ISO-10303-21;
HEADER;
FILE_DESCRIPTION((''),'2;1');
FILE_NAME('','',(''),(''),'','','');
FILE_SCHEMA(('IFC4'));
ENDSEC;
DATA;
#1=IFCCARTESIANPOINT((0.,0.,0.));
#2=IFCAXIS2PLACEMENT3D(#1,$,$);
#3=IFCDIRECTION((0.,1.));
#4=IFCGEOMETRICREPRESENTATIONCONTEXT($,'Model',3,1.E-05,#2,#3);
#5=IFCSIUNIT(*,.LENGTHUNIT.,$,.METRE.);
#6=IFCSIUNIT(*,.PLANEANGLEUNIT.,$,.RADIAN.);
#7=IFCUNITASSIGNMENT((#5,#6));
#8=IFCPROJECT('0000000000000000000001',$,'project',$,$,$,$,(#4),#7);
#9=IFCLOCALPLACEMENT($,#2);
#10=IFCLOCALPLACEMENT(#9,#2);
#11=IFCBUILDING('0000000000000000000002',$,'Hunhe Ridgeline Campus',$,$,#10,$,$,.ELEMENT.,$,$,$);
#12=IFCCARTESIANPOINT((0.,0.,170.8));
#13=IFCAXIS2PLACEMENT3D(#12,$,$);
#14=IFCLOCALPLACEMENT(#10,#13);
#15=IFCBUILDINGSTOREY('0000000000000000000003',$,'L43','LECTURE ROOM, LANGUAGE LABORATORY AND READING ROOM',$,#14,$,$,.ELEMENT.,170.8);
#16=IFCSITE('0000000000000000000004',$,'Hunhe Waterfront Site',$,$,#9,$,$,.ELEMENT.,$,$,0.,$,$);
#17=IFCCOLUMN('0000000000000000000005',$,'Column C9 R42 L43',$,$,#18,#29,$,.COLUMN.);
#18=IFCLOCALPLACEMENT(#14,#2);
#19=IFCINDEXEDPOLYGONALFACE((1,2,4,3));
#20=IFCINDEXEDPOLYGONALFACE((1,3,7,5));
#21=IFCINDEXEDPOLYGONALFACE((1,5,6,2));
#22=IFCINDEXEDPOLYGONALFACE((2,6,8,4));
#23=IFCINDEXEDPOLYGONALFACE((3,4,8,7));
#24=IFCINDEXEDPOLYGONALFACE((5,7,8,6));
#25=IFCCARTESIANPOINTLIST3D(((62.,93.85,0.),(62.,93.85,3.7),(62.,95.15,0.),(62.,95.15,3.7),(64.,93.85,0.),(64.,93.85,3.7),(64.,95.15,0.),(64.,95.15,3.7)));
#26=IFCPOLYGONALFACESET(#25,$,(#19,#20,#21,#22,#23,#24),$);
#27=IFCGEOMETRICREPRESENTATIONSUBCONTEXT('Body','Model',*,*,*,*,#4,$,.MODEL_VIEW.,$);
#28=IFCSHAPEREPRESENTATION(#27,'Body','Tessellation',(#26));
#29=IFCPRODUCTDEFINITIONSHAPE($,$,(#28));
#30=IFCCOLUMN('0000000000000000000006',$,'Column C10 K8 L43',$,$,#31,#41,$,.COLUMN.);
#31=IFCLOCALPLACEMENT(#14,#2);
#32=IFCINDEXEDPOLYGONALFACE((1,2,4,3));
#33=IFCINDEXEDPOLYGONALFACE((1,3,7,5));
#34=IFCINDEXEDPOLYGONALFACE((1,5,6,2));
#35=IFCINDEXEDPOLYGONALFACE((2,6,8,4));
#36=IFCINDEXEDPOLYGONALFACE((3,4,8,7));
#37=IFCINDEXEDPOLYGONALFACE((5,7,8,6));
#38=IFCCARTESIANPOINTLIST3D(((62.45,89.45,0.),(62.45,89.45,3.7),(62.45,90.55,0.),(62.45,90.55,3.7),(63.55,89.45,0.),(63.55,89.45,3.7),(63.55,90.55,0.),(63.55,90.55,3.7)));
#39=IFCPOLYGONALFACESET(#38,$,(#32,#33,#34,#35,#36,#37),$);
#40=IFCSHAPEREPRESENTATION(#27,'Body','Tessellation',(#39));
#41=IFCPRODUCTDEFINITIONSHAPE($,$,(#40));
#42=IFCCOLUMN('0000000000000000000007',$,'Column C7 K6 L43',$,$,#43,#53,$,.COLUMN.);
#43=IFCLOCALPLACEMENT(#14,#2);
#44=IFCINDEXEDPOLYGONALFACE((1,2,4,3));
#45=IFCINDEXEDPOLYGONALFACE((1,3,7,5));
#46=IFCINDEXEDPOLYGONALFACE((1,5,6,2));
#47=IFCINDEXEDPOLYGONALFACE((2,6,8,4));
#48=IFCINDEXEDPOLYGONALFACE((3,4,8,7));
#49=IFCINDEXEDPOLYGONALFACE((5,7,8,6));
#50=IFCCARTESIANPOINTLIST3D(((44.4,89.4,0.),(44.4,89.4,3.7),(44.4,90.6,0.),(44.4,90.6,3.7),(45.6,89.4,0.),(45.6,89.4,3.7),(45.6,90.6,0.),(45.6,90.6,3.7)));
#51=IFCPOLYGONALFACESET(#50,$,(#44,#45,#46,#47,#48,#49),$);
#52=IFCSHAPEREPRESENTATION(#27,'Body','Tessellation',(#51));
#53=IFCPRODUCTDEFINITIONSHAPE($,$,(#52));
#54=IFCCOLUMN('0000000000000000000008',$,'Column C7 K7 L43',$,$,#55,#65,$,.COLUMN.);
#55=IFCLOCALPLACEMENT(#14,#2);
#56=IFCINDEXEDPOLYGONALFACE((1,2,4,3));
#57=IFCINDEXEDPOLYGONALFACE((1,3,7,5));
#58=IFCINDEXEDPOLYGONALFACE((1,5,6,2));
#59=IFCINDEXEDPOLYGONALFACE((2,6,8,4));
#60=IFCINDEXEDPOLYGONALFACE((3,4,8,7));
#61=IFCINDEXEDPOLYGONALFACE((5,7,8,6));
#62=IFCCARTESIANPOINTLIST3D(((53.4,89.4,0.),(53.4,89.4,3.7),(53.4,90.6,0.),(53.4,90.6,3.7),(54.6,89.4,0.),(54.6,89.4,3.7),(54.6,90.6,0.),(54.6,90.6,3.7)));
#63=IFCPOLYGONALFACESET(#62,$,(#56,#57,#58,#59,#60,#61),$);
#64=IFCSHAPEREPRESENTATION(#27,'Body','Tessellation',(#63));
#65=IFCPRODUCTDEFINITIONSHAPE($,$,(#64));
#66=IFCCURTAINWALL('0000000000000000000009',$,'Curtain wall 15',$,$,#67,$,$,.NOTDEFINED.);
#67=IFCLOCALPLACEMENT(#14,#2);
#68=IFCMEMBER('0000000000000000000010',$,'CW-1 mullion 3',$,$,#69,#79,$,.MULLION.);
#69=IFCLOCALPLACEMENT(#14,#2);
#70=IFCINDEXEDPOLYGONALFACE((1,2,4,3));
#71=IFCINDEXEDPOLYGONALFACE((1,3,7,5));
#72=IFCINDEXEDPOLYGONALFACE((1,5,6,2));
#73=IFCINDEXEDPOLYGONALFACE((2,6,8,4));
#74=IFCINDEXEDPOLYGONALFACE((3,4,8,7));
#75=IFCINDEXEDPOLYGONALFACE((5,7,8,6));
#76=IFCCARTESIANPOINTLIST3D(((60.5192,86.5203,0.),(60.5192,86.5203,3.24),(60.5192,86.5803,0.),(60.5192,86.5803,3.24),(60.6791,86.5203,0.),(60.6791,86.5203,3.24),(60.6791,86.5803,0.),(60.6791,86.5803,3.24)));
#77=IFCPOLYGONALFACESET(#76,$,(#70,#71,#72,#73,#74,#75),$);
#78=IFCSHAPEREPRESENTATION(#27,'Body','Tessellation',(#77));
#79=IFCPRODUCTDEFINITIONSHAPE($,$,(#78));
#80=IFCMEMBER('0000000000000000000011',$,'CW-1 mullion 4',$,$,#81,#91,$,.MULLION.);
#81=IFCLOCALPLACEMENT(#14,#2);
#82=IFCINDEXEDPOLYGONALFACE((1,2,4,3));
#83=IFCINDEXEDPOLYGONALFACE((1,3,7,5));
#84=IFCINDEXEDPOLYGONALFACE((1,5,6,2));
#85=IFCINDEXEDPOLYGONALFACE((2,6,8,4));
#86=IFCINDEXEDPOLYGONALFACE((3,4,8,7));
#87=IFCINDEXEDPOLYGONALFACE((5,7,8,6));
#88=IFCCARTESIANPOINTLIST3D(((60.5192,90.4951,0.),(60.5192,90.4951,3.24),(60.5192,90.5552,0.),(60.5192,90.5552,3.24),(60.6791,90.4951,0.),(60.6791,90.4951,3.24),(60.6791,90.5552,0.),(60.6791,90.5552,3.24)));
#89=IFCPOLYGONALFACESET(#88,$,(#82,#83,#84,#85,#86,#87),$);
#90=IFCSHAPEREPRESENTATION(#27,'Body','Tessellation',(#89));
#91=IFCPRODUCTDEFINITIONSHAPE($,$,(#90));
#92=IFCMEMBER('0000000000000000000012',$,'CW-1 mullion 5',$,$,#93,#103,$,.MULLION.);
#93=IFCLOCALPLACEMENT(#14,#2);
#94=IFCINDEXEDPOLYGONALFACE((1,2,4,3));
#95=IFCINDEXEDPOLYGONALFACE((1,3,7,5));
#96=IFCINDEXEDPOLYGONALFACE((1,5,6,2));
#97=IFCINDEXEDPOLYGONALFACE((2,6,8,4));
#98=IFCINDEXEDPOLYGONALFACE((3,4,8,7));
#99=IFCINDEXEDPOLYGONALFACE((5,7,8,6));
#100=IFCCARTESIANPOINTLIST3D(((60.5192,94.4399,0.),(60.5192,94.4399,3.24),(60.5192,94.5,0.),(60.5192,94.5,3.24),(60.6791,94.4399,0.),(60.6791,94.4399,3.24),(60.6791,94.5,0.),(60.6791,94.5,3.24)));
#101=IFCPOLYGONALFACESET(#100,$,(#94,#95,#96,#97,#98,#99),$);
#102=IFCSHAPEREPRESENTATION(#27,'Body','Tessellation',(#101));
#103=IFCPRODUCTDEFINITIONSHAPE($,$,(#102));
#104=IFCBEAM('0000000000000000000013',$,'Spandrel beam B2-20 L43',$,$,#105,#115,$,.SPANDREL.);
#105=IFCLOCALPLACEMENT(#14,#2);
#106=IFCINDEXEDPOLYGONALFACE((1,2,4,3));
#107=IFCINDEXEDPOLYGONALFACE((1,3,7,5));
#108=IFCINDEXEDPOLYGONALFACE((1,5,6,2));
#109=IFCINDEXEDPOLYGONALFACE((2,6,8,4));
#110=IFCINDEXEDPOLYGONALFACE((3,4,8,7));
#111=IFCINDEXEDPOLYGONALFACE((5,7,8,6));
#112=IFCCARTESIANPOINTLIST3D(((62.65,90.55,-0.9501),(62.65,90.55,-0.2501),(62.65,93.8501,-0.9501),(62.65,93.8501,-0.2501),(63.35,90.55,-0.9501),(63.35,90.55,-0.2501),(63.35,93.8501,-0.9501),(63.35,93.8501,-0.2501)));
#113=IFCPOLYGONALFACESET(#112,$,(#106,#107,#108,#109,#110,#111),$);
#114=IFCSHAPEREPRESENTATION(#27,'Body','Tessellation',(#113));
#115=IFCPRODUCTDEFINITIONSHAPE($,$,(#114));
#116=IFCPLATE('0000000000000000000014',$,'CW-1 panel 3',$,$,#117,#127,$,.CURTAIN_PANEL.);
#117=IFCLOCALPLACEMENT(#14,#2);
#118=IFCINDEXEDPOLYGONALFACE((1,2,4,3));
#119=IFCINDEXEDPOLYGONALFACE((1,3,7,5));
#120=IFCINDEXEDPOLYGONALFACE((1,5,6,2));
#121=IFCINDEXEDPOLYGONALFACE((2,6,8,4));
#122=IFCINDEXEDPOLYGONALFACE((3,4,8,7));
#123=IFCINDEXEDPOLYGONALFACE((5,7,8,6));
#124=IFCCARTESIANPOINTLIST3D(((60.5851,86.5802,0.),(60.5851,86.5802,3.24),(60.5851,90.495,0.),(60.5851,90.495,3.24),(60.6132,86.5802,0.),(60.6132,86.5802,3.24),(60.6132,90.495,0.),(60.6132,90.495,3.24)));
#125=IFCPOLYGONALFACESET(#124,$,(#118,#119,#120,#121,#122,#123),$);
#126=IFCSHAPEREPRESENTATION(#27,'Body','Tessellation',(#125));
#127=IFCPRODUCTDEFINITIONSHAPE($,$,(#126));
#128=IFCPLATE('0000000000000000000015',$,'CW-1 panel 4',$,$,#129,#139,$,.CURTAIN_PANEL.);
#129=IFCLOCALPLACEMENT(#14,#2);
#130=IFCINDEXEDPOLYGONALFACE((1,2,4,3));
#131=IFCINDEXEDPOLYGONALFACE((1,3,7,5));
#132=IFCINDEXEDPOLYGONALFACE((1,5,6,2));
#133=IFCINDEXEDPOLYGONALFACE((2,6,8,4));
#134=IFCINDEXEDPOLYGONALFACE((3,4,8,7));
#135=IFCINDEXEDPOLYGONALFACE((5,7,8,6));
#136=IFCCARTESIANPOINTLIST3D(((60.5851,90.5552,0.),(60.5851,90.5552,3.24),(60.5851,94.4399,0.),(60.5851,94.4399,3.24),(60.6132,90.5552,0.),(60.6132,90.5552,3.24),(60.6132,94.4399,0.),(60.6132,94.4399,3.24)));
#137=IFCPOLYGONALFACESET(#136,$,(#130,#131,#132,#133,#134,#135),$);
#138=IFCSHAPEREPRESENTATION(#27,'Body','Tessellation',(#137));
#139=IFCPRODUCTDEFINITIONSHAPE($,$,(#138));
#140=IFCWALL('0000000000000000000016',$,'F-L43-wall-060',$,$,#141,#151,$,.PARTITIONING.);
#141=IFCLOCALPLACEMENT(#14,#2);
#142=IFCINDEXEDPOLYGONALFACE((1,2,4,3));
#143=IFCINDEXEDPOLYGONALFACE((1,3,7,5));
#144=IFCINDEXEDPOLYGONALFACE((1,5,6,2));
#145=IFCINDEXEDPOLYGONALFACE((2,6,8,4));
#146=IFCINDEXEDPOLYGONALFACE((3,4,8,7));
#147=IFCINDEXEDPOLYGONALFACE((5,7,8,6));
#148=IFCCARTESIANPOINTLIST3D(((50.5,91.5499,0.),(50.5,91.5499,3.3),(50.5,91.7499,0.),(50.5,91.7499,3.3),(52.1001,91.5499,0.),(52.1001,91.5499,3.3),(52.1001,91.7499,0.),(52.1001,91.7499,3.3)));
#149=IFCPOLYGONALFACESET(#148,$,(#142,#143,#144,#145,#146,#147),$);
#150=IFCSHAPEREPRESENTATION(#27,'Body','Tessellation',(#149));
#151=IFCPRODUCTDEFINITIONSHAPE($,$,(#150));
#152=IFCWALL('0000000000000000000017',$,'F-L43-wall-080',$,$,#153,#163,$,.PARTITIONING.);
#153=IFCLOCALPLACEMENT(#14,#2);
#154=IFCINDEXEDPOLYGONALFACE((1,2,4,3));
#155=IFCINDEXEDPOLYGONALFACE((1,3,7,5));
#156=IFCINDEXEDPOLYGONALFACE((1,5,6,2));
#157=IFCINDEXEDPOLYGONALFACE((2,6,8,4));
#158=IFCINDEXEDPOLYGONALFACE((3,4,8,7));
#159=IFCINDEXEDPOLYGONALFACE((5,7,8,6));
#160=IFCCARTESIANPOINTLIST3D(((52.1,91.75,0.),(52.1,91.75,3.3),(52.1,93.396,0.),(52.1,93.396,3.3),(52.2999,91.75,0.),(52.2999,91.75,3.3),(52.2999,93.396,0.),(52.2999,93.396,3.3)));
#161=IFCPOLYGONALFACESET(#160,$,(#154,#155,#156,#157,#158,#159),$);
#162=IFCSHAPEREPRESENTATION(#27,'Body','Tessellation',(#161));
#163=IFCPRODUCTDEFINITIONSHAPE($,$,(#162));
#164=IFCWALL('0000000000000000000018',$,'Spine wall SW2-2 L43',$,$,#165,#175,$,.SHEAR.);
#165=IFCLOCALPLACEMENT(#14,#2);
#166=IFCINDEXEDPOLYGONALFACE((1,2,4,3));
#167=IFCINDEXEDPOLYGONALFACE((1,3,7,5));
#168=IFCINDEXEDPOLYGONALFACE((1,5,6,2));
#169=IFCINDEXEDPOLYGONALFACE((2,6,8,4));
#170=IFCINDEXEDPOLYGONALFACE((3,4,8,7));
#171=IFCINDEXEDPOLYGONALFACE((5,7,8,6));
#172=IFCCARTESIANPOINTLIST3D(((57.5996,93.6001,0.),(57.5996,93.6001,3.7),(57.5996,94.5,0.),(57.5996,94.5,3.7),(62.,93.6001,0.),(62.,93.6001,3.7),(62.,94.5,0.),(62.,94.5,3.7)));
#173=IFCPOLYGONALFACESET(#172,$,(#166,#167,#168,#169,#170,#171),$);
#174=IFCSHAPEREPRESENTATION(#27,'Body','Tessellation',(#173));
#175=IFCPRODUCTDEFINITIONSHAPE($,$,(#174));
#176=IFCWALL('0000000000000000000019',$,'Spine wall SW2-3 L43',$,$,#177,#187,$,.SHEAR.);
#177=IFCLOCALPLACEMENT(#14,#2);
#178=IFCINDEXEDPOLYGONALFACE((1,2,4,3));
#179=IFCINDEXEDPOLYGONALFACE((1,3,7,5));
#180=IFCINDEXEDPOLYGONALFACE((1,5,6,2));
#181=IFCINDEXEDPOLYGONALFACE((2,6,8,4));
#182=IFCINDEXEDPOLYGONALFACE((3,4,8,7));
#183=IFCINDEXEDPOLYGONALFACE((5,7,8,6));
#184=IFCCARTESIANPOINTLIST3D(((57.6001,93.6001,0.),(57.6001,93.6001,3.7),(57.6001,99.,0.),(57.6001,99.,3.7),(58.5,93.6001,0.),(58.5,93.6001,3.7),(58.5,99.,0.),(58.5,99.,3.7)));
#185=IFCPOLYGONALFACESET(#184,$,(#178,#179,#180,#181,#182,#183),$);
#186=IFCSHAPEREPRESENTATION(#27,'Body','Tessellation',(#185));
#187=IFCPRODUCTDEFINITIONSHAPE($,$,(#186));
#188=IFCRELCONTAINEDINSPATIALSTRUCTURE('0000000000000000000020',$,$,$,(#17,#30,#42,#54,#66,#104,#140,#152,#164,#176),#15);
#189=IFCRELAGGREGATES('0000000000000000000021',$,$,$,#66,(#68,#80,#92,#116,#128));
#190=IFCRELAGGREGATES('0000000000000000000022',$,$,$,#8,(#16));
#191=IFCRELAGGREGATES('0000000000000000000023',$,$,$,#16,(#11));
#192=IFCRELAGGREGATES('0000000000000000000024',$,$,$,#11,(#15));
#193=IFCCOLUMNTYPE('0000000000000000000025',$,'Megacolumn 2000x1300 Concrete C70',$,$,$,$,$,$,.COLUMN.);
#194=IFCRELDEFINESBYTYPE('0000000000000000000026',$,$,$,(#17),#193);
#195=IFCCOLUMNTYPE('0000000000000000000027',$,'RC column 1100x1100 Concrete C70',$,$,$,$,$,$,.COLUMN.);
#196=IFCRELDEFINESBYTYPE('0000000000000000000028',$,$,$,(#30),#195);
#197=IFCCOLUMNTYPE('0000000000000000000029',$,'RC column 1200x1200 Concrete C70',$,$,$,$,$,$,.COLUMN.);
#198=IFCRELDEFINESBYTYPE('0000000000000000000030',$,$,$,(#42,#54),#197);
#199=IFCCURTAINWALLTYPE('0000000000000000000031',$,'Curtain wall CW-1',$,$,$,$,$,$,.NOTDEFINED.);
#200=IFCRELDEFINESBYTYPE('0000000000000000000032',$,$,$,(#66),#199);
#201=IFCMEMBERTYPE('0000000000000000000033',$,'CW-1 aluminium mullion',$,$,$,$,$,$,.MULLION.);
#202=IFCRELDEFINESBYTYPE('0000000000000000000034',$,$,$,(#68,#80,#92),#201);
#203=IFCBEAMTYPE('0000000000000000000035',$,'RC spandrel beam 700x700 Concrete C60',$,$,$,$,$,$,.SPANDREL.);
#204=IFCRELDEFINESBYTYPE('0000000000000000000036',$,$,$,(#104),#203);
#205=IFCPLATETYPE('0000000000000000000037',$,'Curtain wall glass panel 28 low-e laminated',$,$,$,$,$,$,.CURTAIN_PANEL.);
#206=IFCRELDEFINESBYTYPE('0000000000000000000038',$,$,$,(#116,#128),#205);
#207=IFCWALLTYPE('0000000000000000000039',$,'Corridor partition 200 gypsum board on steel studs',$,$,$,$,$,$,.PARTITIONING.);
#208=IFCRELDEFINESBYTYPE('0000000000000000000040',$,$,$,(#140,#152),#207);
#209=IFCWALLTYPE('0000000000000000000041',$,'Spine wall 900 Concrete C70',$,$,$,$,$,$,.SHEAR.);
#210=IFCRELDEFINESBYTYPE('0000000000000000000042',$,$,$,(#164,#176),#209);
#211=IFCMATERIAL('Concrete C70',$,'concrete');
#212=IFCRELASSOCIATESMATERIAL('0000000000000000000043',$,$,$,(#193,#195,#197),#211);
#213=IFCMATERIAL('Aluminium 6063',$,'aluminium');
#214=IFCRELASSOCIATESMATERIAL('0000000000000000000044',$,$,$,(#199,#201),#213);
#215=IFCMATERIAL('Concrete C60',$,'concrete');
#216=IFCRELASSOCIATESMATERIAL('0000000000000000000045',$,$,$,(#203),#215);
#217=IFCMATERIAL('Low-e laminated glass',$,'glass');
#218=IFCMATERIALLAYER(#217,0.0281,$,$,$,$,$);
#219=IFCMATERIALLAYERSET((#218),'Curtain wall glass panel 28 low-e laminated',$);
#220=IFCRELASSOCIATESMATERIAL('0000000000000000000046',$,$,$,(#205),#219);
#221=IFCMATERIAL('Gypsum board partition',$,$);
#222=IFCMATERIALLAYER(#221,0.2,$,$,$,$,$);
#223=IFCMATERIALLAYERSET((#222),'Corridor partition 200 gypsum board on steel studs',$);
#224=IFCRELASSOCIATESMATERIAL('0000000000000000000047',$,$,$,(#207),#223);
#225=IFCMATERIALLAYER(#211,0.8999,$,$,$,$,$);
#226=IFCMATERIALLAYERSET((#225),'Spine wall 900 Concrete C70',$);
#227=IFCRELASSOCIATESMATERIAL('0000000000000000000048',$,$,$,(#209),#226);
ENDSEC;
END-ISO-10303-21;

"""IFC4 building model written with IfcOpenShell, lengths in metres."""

from ifc_helpers import new_model, si_unit, direction, frame, frame_2d, origin, origin_2d, place, context, subcontext, project, spatial, rectangle, extrude, material, layer, layer_set, material_profile, profile_set, type_object, element, aggregate, save


model = new_model("IFC4")

# Units and contexts
model_context = context("Model", 3, precision=1e-05, world=origin(), true_north=direction((0.0, 1.0)))
body_context = subcontext(model_context, "Body", "Model", "MODEL_VIEW")
ifc_project = project(units=[si_unit("LENGTHUNIT", "METRE"), si_unit("PLANEANGLEUNIT", "RADIAN")], contexts=[model_context])

# Site, building, storey
site_placement = place(None, origin())
site = spatial("IfcSite", under=ifc_project, at=site_placement, Name="Hunhe Waterfront Site", CompositionType="ELEMENT", RefElevation=0.0)
building_placement = place(site_placement, origin())
building = spatial("IfcBuilding", under=site, at=building_placement, Name="Hunhe Ridgeline Campus", CompositionType="ELEMENT")
storey_placement = place(building_placement, frame((0.0, 0.0, 170.8)))
storey = spatial("IfcBuildingStorey", under=building, at=storey_placement, Name="L43", Description="LECTURE ROOM, LANGUAGE LABORATORY AND READING ROOM", CompositionType="ELEMENT", Elevation=170.8)

# Columns
ifc_material_1 = material(Name="Concrete C70", Category="concrete")
ifc_material_profile_1 = material_profile(ifc_material_1, rectangle(XDim=2.0, YDim=1.3, at=origin_2d()))
ifc_profile_set_1 = profile_set([ifc_material_profile_1], Name="Concrete C70")
column_type_1 = type_object("IfcColumnType", Name="Megacolumn 2000x1300 Concrete C70", PredefinedType="COLUMN", material=ifc_profile_set_1)
column_1_placement = place(storey_placement, frame((63.0, 94.5, 0.0), z_axis=(0.0, 0.0, 1.0), x_axis=(1.0, 0.0, 0.0)))
element("IfcColumn", 1, at=column_1_placement, inside=storey, type_object=column_type_1, Name="Column C9 R42 L43", PredefinedType="COLUMN", context=body_context, shape_type="SweptSolid", body=[
    extrude(rectangle(XDim=2.0, YDim=1.3, at=origin_2d()), origin(), (0.0, 0.0, 1.0), 3.7),
])
ifc_material_profile_2 = material_profile(ifc_material_1, rectangle(XDim=1.1001, YDim=1.1001, at=origin_2d()))
ifc_profile_set_2 = profile_set([ifc_material_profile_2], Name="Concrete C70")
column_type_2 = type_object("IfcColumnType", Name="RC column 1100x1100 Concrete C70", PredefinedType="COLUMN", material=ifc_profile_set_2)
column_2_placement = place(storey_placement, frame((63.0, 90.0, 0.0), z_axis=(0.0, 0.0, 1.0), x_axis=(1.0, 0.0, 0.0)))
element("IfcColumn", 2, at=column_2_placement, inside=storey, type_object=column_type_2, Name="Column C10 K8 L43", PredefinedType="COLUMN", context=body_context, shape_type="SweptSolid", body=[
    extrude(rectangle(XDim=1.1001, YDim=1.1001, at=origin_2d()), origin(), (0.0, 0.0, 1.0), 3.7),
])
ifc_material_profile_3 = material_profile(ifc_material_1, rectangle(XDim=1.2, YDim=1.2, at=origin_2d()))
ifc_profile_set_3 = profile_set([ifc_material_profile_3], Name="Concrete C70")
column_type_3 = type_object("IfcColumnType", Name="RC column 1200x1200 Concrete C70", PredefinedType="COLUMN", material=ifc_profile_set_3)
for number, where, z_axis, x_axis, name in (
    (3, (45.0, 90.0, 0.0), (0.0, 0.0, 1.0), (1.0, 0.0, 0.0), "Column C7 K6 L43"),
    (4, (54.0, 90.0, 0.0), (0.0, 0.0, 1.0), (1.0, 0.0, 0.0), "Column C7 K7 L43"),
):
    element("IfcColumn", number, at=place(storey_placement, frame(where, z_axis=z_axis, x_axis=x_axis)), inside=storey, type_object=column_type_3, Name=name, PredefinedType="COLUMN", context=body_context, shape_type="SweptSolid", body=[
        extrude(rectangle(XDim=1.2, YDim=1.2, at=origin_2d()), origin(), (0.0, 0.0, 1.0), 3.7),
    ])

# Curtain wall, members
ifc_material_2 = material(Name="Aluminium 6063", Category="aluminium")
curtain_wall_type = type_object("IfcCurtainWallType", Name="Curtain wall CW-1", PredefinedType="NOTDEFINED", material=ifc_material_2)
curtain_wall_placement = place(storey_placement, origin())
curtain_wall = element("IfcCurtainWall", 5, at=curtain_wall_placement, inside=storey, type_object=curtain_wall_type, Name="Curtain wall 15", PredefinedType="NOTDEFINED")
ifc_material_profile_4 = material_profile(ifc_material_2, rectangle(XDim=0.1599, YDim=0.0601, at=origin_2d()))
ifc_profile_set_4 = profile_set([ifc_material_profile_4], Name="Aluminium 6063")
member_type = type_object("IfcMemberType", Name="CW-1 aluminium mullion", PredefinedType="MULLION", material=ifc_profile_set_4)
member_1_placement = place(storey_placement, frame((60.5991, 86.5503, 0.0), z_axis=(0.0, 0.0, 1.0), x_axis=(-1.0, 0.0, 0.0)))
member_1 = element("IfcMember", 6, at=member_1_placement, type_object=member_type, Name="CW-1 mullion 3", PredefinedType="MULLION", context=body_context, shape_type="SweptSolid", body=[
    extrude(rectangle(XDim=0.1599, YDim=0.0601, at=origin_2d()), origin(), (0.0, 0.0, 1.0), 3.24),
])
member_2_placement = place(storey_placement, frame((60.5991, 90.5251, 0.0), z_axis=(0.0, 0.0, 1.0), x_axis=(-1.0, 0.0, 0.0)))
member_2 = element("IfcMember", 7, at=member_2_placement, type_object=member_type, Name="CW-1 mullion 4", PredefinedType="MULLION", context=body_context, shape_type="SweptSolid", body=[
    extrude(rectangle(XDim=0.1599, YDim=0.0601, at=origin_2d()), origin(), (0.0, 0.0, 1.0), 3.24),
])
member_3_placement = place(storey_placement, frame((60.5991, 94.47, 0.0), z_axis=(0.0, 0.0, 1.0), x_axis=(-1.0, 0.0, 0.0)))
member_3 = element("IfcMember", 8, at=member_3_placement, type_object=member_type, Name="CW-1 mullion 5", PredefinedType="MULLION", context=body_context, shape_type="SweptSolid", body=[
    extrude(rectangle(XDim=0.1599, YDim=0.0601, at=origin_2d()), origin(), (0.0, 0.0, 1.0), 3.24),
])

# Beam
ifc_material_3 = material(Name="Concrete C60", Category="concrete")
ifc_material_profile_5 = material_profile(ifc_material_3, rectangle(XDim=0.7, YDim=0.7, at=origin_2d()))
ifc_profile_set_5 = profile_set([ifc_material_profile_5], Name="Concrete C60")
beam_type = type_object("IfcBeamType", Name="RC spandrel beam 700x700 Concrete C60", PredefinedType="SPANDREL", material=ifc_profile_set_5)
beam_placement = place(storey_placement, frame((63.0, 90.55, -0.6001), z_axis=(0.0, 1.0, 0.0), x_axis=(-1.0, 0.0, 0.0)))
element("IfcBeam", 9, at=beam_placement, inside=storey, type_object=beam_type, Name="Spandrel beam B2-20 L43", PredefinedType="SPANDREL", context=body_context, shape_type="SweptSolid", body=[
    extrude(rectangle(XDim=0.7, YDim=0.7, at=origin_2d()), origin(), (0.0, 0.0, 1.0), 3.3),
])

# Plates
ifc_material_4 = material(Name="Low-e laminated glass", Category="glass")
ifc_layer_1 = layer(ifc_material_4, 0.0281)
ifc_layer_set_1 = layer_set([ifc_layer_1], Name="Curtain wall glass panel 28 low-e laminated")
plate_type = type_object("IfcPlateType", Name="Curtain wall glass panel 28 low-e laminated", PredefinedType="CURTAIN_PANEL", material=ifc_layer_set_1)
plate_1_placement = place(storey_placement, frame((60.5991, 88.5376, 0.0), z_axis=(0.0, 0.0, 1.0), x_axis=(0.0, 1.0, 0.0)))
plate_1 = element("IfcPlate", 10, at=plate_1_placement, type_object=plate_type, Name="CW-1 panel 3", PredefinedType="CURTAIN_PANEL", context=body_context, shape_type="SweptSolid", body=[
    extrude(rectangle(XDim=3.9148, YDim=0.0281, at=origin_2d()), origin(), (0.0, 0.0, 1.0), 3.24),
])
plate_2_placement = place(storey_placement, frame((60.5991, 92.4976, 0.0), z_axis=(0.0, 0.0, 1.0), x_axis=(0.0, 1.0, 0.0)))
plate_2 = element("IfcPlate", 11, at=plate_2_placement, type_object=plate_type, Name="CW-1 panel 4", PredefinedType="CURTAIN_PANEL", context=body_context, shape_type="SweptSolid", body=[
    extrude(rectangle(XDim=3.8848, YDim=0.0281, at=origin_2d()), origin(), (0.0, 0.0, 1.0), 3.24),
])
aggregate(curtain_wall, [member_1, member_2, member_3, plate_1, plate_2])

# Wall
ifc_material_5 = material(Name="Gypsum board partition")
ifc_layer_2 = layer(ifc_material_5, 0.2)
ifc_layer_set_2 = layer_set([ifc_layer_2], Name="Corridor partition 200 gypsum board on steel studs")
wall_type_1 = type_object("IfcWallType", Name="Corridor partition 200 gypsum board on steel studs", PredefinedType="PARTITIONING", material=ifc_layer_set_2)
wall_1_placement = place(storey_placement, frame((52.1001, 91.6499, 0.0), z_axis=(0.0, 0.0, 1.0), x_axis=(-1.0, 0.0, 0.0)))
element("IfcWall", 12, at=wall_1_placement, inside=storey, type_object=wall_type_1, Name="F-L43-wall-060", PredefinedType="PARTITIONING", context=body_context, shape_type="SweptSolid", body=[
    extrude(rectangle(XDim=1.6001, YDim=0.2, at=frame_2d((0.8, 0.0))), origin(), (0.0, 0.0, 1.0), 3.3),
])

# Walls
wall_2_placement = place(storey_placement, frame((52.2, 93.396, 0.0), z_axis=(0.0, 0.0, 1.0), x_axis=(0.0, -1.0, 0.0)))
element("IfcWall", 13, at=wall_2_placement, inside=storey, type_object=wall_type_1, Name="F-L43-wall-080", PredefinedType="PARTITIONING", context=body_context, shape_type="SweptSolid", body=[
    extrude(rectangle(XDim=1.646, YDim=0.2, at=frame_2d((0.823, 0.0))), origin(), (0.0, 0.0, 1.0), 3.3),
])
ifc_layer_3 = layer(ifc_material_1, 0.8999)
ifc_layer_set_3 = layer_set([ifc_layer_3], Name="Spine wall 900 Concrete C70")
wall_type_2 = type_object("IfcWallType", Name="Spine wall 900 Concrete C70", PredefinedType="SHEAR", material=ifc_layer_set_3)
wall_3_placement = place(storey_placement, frame((62.0, 94.05, 0.0), z_axis=(0.0, 0.0, 1.0), x_axis=(-1.0, 0.0, 0.0)))
element("IfcWall", 14, at=wall_3_placement, inside=storey, type_object=wall_type_2, Name="Spine wall SW2-2 L43", PredefinedType="SHEAR", context=body_context, shape_type="SweptSolid", body=[
    extrude(rectangle(XDim=4.4004, YDim=0.8999, at=frame_2d((2.2002, 0.0))), origin(), (0.0, 0.0, 1.0), 3.7),
])
wall_4_placement = place(storey_placement, frame((58.05, 93.6001, 0.0), z_axis=(0.0, 0.0, 1.0), x_axis=(0.0, 1.0, 0.0)))
element("IfcWall", 15, at=wall_4_placement, inside=storey, type_object=wall_type_2, Name="Spine wall SW2-3 L43", PredefinedType="SHEAR", context=body_context, shape_type="SweptSolid", body=[
    extrude(rectangle(XDim=5.3999, YDim=0.8999, at=frame_2d((2.7, 0.0))), origin(), (0.0, 0.0, 1.0), 3.7),
])

save(model, "model.ifc")
